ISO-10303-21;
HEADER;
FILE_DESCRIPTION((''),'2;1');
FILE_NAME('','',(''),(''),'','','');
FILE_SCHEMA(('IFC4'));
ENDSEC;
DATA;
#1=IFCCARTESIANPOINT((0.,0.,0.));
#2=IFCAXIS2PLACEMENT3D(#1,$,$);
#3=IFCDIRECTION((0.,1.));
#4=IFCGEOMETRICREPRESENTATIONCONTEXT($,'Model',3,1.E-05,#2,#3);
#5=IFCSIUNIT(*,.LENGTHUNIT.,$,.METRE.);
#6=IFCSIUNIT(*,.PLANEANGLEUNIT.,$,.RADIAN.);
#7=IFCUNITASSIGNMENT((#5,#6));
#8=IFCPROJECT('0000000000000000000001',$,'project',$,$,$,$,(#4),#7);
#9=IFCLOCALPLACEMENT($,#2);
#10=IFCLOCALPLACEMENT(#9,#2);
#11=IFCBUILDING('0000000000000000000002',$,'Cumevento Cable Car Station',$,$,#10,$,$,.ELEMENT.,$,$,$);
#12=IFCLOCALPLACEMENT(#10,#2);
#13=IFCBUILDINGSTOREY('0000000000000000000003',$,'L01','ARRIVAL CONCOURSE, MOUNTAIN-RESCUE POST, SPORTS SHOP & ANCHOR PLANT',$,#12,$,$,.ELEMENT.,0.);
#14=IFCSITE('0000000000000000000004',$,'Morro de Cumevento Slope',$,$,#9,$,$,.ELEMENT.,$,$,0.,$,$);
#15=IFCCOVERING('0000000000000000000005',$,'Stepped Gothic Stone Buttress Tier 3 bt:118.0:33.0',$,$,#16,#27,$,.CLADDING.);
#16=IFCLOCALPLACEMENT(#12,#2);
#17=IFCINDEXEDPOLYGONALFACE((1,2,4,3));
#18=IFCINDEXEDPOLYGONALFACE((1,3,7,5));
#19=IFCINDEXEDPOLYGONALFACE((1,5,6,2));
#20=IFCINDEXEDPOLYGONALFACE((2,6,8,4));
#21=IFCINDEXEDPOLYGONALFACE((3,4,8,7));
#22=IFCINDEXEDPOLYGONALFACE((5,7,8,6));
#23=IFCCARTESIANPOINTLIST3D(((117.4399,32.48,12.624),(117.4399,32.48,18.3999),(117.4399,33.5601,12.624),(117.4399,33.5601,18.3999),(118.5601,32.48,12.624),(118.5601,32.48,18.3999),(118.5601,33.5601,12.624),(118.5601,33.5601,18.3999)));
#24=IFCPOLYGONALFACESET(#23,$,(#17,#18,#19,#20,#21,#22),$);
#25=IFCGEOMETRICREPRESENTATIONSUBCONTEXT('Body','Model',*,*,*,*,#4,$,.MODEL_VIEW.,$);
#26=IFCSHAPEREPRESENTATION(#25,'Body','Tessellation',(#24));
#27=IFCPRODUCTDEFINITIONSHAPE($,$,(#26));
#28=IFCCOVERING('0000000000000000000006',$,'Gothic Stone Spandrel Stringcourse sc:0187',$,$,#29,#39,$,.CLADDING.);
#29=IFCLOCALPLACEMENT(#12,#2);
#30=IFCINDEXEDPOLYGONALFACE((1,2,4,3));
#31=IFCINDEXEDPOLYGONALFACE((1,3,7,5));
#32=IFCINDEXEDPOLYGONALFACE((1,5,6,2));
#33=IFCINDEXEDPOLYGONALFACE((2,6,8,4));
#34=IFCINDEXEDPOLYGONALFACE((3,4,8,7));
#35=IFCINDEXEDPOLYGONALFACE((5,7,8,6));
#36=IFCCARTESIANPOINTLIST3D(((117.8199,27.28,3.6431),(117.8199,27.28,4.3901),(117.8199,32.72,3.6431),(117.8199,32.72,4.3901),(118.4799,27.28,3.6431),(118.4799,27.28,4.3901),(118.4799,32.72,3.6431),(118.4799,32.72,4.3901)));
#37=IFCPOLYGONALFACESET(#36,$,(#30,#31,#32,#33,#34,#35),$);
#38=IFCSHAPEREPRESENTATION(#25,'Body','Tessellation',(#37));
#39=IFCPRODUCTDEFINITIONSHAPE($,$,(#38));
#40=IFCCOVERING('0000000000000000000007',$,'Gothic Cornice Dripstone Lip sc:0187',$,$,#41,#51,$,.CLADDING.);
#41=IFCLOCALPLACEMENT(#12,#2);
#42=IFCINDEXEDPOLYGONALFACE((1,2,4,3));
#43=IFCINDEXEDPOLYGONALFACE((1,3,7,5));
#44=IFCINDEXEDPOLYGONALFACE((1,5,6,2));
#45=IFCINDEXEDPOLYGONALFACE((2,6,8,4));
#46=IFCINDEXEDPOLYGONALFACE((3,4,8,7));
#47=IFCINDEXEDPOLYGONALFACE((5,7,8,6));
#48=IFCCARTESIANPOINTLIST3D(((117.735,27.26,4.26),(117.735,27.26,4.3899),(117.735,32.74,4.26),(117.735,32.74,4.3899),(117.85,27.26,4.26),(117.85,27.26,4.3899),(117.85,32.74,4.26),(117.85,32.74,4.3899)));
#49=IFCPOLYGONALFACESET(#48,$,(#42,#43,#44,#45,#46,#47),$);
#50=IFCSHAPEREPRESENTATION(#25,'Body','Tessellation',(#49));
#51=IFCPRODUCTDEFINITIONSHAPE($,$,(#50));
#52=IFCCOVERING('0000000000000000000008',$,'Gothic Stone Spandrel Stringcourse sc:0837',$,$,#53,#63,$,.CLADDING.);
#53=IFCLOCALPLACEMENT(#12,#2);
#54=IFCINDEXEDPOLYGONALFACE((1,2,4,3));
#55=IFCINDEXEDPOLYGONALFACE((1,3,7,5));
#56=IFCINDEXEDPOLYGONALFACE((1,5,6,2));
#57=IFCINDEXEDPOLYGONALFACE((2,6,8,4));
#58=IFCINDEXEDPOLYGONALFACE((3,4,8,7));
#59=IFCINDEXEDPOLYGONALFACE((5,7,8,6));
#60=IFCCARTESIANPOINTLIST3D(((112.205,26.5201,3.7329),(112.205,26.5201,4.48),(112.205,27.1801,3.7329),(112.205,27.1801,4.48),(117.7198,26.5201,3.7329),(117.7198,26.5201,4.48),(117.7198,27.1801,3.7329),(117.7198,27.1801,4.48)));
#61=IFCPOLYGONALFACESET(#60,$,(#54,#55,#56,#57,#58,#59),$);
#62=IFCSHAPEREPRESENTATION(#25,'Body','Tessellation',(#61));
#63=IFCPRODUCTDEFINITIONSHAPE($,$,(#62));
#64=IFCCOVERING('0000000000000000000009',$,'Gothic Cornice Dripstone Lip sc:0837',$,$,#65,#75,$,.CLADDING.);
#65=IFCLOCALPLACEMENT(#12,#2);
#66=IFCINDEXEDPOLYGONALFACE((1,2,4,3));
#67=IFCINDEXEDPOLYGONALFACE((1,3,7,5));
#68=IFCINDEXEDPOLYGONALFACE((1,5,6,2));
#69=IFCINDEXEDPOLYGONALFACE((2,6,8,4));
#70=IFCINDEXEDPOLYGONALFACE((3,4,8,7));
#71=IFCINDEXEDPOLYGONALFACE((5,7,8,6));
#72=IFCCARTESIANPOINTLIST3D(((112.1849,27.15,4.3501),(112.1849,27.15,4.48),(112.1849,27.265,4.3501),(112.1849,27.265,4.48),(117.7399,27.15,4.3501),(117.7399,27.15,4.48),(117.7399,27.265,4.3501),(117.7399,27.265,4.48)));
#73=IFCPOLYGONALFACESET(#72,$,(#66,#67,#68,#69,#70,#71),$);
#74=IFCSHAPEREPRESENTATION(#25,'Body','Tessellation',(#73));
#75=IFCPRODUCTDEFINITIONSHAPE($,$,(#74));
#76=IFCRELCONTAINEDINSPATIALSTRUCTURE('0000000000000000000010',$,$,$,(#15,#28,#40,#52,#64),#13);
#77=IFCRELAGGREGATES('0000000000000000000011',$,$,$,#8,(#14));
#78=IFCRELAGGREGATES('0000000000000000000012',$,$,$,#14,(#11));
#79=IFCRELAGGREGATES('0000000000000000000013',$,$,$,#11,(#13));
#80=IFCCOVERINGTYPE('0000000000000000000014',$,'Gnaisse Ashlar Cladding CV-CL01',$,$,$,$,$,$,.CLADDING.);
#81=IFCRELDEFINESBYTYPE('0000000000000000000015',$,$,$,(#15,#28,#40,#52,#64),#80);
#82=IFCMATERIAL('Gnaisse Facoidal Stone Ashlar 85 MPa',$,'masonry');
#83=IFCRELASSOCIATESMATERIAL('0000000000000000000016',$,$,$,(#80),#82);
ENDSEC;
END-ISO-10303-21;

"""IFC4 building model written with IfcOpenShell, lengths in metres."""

from ifc_helpers import new_model, si_unit, direction, frame, origin, origin_2d, place, context, subcontext, project, spatial, rectangle, extrude, material, type_object, element, save


model = new_model("IFC4")

# Units and contexts
model_context = context("Model", 3, precision=1e-05, world=origin(), true_north=direction((0.0, 1.0)))
body_context = subcontext(model_context, "Body", "Model", "MODEL_VIEW")
ifc_project = project(units=[si_unit("LENGTHUNIT", "METRE"), si_unit("PLANEANGLEUNIT", "RADIAN")], contexts=[model_context])

# Site, building, storey
site_placement = place(None, origin())
site = spatial("IfcSite", under=ifc_project, at=site_placement, Name="Morro de Cumevento Slope", CompositionType="ELEMENT", RefElevation=0.0)
building_placement = place(site_placement, origin())
building = spatial("IfcBuilding", under=site, at=building_placement, Name="Cumevento Cable Car Station", CompositionType="ELEMENT")
storey_placement = place(building_placement, origin())
storey = spatial("IfcBuildingStorey", under=building, at=storey_placement, Name="L01", Description="ARRIVAL CONCOURSE, MOUNTAIN-RESCUE POST, SPORTS SHOP & ANCHOR PLANT", CompositionType="ELEMENT", Elevation=0.0)

# Coverings
ifc_material_1 = material(Name="Gnaisse Facoidal Stone Ashlar 85 MPa", Category="masonry")
covering_type = type_object("IfcCoveringType", Name="Gnaisse Ashlar Cladding CV-CL01", PredefinedType="CLADDING", material=ifc_material_1)
covering_1_placement = place(storey_placement, frame((118.0, 33.02, 12.624), z_axis=(0.0, 0.0, 1.0), x_axis=(1.0, 0.0, 0.0)))
element("IfcCovering", 1, at=covering_1_placement, inside=storey, type_object=covering_type, Name="Stepped Gothic Stone Buttress Tier 3 bt:118.0:33.0", PredefinedType="CLADDING", context=body_context, shape_type="SweptSolid", body=[
    extrude(rectangle(XDim=1.1201, YDim=1.0801, at=origin_2d()), origin(), (0.0, 0.0, 1.0), 5.7759),
])
covering_2_placement = place(storey_placement, frame((118.1499, 30.0, 3.6431), z_axis=(0.0, 0.0, 1.0), x_axis=(0.0, 1.0, 0.0)))
element("IfcCovering", 2, at=covering_2_placement, inside=storey, type_object=covering_type, Name="Gothic Stone Spandrel Stringcourse sc:0187", PredefinedType="CLADDING", context=body_context, shape_type="SweptSolid", body=[
    extrude(rectangle(XDim=5.4399, YDim=0.6599, at=origin_2d()), origin(), (0.0, 0.0, 1.0), 0.7471),
])
covering_3_placement = place(storey_placement, frame((117.7925, 30.0, 4.26), z_axis=(0.0, 0.0, 1.0), x_axis=(0.0, 1.0, 0.0)))
element("IfcCovering", 3, at=covering_3_placement, inside=storey, type_object=covering_type, Name="Gothic Cornice Dripstone Lip sc:0187", PredefinedType="CLADDING", context=body_context, shape_type="SweptSolid", body=[
    extrude(rectangle(XDim=5.48, YDim=0.115, at=origin_2d()), origin(), (0.0, 0.0, 1.0), 0.1299),
])
covering_4_placement = place(storey_placement, frame((114.9624, 26.8501, 3.7329), z_axis=(0.0, 0.0, 1.0), x_axis=(1.0, 0.0, 0.0)))
element("IfcCovering", 4, at=covering_4_placement, inside=storey, type_object=covering_type, Name="Gothic Stone Spandrel Stringcourse sc:0837", PredefinedType="CLADDING", context=body_context, shape_type="SweptSolid", body=[
    extrude(rectangle(XDim=5.5149, YDim=0.6599, at=origin_2d()), origin(), (0.0, 0.0, 1.0), 0.7471),
])
covering_5_placement = place(storey_placement, frame((114.9624, 27.2075, 4.3501), z_axis=(0.0, 0.0, 1.0), x_axis=(1.0, 0.0, 0.0)))
element("IfcCovering", 5, at=covering_5_placement, inside=storey, type_object=covering_type, Name="Gothic Cornice Dripstone Lip sc:0837", PredefinedType="CLADDING", context=body_context, shape_type="SweptSolid", body=[
    extrude(rectangle(XDim=5.5549, YDim=0.115, at=origin_2d()), origin(), (0.0, 0.0, 1.0), 0.1299),
])

save(model, "model.ifc")
